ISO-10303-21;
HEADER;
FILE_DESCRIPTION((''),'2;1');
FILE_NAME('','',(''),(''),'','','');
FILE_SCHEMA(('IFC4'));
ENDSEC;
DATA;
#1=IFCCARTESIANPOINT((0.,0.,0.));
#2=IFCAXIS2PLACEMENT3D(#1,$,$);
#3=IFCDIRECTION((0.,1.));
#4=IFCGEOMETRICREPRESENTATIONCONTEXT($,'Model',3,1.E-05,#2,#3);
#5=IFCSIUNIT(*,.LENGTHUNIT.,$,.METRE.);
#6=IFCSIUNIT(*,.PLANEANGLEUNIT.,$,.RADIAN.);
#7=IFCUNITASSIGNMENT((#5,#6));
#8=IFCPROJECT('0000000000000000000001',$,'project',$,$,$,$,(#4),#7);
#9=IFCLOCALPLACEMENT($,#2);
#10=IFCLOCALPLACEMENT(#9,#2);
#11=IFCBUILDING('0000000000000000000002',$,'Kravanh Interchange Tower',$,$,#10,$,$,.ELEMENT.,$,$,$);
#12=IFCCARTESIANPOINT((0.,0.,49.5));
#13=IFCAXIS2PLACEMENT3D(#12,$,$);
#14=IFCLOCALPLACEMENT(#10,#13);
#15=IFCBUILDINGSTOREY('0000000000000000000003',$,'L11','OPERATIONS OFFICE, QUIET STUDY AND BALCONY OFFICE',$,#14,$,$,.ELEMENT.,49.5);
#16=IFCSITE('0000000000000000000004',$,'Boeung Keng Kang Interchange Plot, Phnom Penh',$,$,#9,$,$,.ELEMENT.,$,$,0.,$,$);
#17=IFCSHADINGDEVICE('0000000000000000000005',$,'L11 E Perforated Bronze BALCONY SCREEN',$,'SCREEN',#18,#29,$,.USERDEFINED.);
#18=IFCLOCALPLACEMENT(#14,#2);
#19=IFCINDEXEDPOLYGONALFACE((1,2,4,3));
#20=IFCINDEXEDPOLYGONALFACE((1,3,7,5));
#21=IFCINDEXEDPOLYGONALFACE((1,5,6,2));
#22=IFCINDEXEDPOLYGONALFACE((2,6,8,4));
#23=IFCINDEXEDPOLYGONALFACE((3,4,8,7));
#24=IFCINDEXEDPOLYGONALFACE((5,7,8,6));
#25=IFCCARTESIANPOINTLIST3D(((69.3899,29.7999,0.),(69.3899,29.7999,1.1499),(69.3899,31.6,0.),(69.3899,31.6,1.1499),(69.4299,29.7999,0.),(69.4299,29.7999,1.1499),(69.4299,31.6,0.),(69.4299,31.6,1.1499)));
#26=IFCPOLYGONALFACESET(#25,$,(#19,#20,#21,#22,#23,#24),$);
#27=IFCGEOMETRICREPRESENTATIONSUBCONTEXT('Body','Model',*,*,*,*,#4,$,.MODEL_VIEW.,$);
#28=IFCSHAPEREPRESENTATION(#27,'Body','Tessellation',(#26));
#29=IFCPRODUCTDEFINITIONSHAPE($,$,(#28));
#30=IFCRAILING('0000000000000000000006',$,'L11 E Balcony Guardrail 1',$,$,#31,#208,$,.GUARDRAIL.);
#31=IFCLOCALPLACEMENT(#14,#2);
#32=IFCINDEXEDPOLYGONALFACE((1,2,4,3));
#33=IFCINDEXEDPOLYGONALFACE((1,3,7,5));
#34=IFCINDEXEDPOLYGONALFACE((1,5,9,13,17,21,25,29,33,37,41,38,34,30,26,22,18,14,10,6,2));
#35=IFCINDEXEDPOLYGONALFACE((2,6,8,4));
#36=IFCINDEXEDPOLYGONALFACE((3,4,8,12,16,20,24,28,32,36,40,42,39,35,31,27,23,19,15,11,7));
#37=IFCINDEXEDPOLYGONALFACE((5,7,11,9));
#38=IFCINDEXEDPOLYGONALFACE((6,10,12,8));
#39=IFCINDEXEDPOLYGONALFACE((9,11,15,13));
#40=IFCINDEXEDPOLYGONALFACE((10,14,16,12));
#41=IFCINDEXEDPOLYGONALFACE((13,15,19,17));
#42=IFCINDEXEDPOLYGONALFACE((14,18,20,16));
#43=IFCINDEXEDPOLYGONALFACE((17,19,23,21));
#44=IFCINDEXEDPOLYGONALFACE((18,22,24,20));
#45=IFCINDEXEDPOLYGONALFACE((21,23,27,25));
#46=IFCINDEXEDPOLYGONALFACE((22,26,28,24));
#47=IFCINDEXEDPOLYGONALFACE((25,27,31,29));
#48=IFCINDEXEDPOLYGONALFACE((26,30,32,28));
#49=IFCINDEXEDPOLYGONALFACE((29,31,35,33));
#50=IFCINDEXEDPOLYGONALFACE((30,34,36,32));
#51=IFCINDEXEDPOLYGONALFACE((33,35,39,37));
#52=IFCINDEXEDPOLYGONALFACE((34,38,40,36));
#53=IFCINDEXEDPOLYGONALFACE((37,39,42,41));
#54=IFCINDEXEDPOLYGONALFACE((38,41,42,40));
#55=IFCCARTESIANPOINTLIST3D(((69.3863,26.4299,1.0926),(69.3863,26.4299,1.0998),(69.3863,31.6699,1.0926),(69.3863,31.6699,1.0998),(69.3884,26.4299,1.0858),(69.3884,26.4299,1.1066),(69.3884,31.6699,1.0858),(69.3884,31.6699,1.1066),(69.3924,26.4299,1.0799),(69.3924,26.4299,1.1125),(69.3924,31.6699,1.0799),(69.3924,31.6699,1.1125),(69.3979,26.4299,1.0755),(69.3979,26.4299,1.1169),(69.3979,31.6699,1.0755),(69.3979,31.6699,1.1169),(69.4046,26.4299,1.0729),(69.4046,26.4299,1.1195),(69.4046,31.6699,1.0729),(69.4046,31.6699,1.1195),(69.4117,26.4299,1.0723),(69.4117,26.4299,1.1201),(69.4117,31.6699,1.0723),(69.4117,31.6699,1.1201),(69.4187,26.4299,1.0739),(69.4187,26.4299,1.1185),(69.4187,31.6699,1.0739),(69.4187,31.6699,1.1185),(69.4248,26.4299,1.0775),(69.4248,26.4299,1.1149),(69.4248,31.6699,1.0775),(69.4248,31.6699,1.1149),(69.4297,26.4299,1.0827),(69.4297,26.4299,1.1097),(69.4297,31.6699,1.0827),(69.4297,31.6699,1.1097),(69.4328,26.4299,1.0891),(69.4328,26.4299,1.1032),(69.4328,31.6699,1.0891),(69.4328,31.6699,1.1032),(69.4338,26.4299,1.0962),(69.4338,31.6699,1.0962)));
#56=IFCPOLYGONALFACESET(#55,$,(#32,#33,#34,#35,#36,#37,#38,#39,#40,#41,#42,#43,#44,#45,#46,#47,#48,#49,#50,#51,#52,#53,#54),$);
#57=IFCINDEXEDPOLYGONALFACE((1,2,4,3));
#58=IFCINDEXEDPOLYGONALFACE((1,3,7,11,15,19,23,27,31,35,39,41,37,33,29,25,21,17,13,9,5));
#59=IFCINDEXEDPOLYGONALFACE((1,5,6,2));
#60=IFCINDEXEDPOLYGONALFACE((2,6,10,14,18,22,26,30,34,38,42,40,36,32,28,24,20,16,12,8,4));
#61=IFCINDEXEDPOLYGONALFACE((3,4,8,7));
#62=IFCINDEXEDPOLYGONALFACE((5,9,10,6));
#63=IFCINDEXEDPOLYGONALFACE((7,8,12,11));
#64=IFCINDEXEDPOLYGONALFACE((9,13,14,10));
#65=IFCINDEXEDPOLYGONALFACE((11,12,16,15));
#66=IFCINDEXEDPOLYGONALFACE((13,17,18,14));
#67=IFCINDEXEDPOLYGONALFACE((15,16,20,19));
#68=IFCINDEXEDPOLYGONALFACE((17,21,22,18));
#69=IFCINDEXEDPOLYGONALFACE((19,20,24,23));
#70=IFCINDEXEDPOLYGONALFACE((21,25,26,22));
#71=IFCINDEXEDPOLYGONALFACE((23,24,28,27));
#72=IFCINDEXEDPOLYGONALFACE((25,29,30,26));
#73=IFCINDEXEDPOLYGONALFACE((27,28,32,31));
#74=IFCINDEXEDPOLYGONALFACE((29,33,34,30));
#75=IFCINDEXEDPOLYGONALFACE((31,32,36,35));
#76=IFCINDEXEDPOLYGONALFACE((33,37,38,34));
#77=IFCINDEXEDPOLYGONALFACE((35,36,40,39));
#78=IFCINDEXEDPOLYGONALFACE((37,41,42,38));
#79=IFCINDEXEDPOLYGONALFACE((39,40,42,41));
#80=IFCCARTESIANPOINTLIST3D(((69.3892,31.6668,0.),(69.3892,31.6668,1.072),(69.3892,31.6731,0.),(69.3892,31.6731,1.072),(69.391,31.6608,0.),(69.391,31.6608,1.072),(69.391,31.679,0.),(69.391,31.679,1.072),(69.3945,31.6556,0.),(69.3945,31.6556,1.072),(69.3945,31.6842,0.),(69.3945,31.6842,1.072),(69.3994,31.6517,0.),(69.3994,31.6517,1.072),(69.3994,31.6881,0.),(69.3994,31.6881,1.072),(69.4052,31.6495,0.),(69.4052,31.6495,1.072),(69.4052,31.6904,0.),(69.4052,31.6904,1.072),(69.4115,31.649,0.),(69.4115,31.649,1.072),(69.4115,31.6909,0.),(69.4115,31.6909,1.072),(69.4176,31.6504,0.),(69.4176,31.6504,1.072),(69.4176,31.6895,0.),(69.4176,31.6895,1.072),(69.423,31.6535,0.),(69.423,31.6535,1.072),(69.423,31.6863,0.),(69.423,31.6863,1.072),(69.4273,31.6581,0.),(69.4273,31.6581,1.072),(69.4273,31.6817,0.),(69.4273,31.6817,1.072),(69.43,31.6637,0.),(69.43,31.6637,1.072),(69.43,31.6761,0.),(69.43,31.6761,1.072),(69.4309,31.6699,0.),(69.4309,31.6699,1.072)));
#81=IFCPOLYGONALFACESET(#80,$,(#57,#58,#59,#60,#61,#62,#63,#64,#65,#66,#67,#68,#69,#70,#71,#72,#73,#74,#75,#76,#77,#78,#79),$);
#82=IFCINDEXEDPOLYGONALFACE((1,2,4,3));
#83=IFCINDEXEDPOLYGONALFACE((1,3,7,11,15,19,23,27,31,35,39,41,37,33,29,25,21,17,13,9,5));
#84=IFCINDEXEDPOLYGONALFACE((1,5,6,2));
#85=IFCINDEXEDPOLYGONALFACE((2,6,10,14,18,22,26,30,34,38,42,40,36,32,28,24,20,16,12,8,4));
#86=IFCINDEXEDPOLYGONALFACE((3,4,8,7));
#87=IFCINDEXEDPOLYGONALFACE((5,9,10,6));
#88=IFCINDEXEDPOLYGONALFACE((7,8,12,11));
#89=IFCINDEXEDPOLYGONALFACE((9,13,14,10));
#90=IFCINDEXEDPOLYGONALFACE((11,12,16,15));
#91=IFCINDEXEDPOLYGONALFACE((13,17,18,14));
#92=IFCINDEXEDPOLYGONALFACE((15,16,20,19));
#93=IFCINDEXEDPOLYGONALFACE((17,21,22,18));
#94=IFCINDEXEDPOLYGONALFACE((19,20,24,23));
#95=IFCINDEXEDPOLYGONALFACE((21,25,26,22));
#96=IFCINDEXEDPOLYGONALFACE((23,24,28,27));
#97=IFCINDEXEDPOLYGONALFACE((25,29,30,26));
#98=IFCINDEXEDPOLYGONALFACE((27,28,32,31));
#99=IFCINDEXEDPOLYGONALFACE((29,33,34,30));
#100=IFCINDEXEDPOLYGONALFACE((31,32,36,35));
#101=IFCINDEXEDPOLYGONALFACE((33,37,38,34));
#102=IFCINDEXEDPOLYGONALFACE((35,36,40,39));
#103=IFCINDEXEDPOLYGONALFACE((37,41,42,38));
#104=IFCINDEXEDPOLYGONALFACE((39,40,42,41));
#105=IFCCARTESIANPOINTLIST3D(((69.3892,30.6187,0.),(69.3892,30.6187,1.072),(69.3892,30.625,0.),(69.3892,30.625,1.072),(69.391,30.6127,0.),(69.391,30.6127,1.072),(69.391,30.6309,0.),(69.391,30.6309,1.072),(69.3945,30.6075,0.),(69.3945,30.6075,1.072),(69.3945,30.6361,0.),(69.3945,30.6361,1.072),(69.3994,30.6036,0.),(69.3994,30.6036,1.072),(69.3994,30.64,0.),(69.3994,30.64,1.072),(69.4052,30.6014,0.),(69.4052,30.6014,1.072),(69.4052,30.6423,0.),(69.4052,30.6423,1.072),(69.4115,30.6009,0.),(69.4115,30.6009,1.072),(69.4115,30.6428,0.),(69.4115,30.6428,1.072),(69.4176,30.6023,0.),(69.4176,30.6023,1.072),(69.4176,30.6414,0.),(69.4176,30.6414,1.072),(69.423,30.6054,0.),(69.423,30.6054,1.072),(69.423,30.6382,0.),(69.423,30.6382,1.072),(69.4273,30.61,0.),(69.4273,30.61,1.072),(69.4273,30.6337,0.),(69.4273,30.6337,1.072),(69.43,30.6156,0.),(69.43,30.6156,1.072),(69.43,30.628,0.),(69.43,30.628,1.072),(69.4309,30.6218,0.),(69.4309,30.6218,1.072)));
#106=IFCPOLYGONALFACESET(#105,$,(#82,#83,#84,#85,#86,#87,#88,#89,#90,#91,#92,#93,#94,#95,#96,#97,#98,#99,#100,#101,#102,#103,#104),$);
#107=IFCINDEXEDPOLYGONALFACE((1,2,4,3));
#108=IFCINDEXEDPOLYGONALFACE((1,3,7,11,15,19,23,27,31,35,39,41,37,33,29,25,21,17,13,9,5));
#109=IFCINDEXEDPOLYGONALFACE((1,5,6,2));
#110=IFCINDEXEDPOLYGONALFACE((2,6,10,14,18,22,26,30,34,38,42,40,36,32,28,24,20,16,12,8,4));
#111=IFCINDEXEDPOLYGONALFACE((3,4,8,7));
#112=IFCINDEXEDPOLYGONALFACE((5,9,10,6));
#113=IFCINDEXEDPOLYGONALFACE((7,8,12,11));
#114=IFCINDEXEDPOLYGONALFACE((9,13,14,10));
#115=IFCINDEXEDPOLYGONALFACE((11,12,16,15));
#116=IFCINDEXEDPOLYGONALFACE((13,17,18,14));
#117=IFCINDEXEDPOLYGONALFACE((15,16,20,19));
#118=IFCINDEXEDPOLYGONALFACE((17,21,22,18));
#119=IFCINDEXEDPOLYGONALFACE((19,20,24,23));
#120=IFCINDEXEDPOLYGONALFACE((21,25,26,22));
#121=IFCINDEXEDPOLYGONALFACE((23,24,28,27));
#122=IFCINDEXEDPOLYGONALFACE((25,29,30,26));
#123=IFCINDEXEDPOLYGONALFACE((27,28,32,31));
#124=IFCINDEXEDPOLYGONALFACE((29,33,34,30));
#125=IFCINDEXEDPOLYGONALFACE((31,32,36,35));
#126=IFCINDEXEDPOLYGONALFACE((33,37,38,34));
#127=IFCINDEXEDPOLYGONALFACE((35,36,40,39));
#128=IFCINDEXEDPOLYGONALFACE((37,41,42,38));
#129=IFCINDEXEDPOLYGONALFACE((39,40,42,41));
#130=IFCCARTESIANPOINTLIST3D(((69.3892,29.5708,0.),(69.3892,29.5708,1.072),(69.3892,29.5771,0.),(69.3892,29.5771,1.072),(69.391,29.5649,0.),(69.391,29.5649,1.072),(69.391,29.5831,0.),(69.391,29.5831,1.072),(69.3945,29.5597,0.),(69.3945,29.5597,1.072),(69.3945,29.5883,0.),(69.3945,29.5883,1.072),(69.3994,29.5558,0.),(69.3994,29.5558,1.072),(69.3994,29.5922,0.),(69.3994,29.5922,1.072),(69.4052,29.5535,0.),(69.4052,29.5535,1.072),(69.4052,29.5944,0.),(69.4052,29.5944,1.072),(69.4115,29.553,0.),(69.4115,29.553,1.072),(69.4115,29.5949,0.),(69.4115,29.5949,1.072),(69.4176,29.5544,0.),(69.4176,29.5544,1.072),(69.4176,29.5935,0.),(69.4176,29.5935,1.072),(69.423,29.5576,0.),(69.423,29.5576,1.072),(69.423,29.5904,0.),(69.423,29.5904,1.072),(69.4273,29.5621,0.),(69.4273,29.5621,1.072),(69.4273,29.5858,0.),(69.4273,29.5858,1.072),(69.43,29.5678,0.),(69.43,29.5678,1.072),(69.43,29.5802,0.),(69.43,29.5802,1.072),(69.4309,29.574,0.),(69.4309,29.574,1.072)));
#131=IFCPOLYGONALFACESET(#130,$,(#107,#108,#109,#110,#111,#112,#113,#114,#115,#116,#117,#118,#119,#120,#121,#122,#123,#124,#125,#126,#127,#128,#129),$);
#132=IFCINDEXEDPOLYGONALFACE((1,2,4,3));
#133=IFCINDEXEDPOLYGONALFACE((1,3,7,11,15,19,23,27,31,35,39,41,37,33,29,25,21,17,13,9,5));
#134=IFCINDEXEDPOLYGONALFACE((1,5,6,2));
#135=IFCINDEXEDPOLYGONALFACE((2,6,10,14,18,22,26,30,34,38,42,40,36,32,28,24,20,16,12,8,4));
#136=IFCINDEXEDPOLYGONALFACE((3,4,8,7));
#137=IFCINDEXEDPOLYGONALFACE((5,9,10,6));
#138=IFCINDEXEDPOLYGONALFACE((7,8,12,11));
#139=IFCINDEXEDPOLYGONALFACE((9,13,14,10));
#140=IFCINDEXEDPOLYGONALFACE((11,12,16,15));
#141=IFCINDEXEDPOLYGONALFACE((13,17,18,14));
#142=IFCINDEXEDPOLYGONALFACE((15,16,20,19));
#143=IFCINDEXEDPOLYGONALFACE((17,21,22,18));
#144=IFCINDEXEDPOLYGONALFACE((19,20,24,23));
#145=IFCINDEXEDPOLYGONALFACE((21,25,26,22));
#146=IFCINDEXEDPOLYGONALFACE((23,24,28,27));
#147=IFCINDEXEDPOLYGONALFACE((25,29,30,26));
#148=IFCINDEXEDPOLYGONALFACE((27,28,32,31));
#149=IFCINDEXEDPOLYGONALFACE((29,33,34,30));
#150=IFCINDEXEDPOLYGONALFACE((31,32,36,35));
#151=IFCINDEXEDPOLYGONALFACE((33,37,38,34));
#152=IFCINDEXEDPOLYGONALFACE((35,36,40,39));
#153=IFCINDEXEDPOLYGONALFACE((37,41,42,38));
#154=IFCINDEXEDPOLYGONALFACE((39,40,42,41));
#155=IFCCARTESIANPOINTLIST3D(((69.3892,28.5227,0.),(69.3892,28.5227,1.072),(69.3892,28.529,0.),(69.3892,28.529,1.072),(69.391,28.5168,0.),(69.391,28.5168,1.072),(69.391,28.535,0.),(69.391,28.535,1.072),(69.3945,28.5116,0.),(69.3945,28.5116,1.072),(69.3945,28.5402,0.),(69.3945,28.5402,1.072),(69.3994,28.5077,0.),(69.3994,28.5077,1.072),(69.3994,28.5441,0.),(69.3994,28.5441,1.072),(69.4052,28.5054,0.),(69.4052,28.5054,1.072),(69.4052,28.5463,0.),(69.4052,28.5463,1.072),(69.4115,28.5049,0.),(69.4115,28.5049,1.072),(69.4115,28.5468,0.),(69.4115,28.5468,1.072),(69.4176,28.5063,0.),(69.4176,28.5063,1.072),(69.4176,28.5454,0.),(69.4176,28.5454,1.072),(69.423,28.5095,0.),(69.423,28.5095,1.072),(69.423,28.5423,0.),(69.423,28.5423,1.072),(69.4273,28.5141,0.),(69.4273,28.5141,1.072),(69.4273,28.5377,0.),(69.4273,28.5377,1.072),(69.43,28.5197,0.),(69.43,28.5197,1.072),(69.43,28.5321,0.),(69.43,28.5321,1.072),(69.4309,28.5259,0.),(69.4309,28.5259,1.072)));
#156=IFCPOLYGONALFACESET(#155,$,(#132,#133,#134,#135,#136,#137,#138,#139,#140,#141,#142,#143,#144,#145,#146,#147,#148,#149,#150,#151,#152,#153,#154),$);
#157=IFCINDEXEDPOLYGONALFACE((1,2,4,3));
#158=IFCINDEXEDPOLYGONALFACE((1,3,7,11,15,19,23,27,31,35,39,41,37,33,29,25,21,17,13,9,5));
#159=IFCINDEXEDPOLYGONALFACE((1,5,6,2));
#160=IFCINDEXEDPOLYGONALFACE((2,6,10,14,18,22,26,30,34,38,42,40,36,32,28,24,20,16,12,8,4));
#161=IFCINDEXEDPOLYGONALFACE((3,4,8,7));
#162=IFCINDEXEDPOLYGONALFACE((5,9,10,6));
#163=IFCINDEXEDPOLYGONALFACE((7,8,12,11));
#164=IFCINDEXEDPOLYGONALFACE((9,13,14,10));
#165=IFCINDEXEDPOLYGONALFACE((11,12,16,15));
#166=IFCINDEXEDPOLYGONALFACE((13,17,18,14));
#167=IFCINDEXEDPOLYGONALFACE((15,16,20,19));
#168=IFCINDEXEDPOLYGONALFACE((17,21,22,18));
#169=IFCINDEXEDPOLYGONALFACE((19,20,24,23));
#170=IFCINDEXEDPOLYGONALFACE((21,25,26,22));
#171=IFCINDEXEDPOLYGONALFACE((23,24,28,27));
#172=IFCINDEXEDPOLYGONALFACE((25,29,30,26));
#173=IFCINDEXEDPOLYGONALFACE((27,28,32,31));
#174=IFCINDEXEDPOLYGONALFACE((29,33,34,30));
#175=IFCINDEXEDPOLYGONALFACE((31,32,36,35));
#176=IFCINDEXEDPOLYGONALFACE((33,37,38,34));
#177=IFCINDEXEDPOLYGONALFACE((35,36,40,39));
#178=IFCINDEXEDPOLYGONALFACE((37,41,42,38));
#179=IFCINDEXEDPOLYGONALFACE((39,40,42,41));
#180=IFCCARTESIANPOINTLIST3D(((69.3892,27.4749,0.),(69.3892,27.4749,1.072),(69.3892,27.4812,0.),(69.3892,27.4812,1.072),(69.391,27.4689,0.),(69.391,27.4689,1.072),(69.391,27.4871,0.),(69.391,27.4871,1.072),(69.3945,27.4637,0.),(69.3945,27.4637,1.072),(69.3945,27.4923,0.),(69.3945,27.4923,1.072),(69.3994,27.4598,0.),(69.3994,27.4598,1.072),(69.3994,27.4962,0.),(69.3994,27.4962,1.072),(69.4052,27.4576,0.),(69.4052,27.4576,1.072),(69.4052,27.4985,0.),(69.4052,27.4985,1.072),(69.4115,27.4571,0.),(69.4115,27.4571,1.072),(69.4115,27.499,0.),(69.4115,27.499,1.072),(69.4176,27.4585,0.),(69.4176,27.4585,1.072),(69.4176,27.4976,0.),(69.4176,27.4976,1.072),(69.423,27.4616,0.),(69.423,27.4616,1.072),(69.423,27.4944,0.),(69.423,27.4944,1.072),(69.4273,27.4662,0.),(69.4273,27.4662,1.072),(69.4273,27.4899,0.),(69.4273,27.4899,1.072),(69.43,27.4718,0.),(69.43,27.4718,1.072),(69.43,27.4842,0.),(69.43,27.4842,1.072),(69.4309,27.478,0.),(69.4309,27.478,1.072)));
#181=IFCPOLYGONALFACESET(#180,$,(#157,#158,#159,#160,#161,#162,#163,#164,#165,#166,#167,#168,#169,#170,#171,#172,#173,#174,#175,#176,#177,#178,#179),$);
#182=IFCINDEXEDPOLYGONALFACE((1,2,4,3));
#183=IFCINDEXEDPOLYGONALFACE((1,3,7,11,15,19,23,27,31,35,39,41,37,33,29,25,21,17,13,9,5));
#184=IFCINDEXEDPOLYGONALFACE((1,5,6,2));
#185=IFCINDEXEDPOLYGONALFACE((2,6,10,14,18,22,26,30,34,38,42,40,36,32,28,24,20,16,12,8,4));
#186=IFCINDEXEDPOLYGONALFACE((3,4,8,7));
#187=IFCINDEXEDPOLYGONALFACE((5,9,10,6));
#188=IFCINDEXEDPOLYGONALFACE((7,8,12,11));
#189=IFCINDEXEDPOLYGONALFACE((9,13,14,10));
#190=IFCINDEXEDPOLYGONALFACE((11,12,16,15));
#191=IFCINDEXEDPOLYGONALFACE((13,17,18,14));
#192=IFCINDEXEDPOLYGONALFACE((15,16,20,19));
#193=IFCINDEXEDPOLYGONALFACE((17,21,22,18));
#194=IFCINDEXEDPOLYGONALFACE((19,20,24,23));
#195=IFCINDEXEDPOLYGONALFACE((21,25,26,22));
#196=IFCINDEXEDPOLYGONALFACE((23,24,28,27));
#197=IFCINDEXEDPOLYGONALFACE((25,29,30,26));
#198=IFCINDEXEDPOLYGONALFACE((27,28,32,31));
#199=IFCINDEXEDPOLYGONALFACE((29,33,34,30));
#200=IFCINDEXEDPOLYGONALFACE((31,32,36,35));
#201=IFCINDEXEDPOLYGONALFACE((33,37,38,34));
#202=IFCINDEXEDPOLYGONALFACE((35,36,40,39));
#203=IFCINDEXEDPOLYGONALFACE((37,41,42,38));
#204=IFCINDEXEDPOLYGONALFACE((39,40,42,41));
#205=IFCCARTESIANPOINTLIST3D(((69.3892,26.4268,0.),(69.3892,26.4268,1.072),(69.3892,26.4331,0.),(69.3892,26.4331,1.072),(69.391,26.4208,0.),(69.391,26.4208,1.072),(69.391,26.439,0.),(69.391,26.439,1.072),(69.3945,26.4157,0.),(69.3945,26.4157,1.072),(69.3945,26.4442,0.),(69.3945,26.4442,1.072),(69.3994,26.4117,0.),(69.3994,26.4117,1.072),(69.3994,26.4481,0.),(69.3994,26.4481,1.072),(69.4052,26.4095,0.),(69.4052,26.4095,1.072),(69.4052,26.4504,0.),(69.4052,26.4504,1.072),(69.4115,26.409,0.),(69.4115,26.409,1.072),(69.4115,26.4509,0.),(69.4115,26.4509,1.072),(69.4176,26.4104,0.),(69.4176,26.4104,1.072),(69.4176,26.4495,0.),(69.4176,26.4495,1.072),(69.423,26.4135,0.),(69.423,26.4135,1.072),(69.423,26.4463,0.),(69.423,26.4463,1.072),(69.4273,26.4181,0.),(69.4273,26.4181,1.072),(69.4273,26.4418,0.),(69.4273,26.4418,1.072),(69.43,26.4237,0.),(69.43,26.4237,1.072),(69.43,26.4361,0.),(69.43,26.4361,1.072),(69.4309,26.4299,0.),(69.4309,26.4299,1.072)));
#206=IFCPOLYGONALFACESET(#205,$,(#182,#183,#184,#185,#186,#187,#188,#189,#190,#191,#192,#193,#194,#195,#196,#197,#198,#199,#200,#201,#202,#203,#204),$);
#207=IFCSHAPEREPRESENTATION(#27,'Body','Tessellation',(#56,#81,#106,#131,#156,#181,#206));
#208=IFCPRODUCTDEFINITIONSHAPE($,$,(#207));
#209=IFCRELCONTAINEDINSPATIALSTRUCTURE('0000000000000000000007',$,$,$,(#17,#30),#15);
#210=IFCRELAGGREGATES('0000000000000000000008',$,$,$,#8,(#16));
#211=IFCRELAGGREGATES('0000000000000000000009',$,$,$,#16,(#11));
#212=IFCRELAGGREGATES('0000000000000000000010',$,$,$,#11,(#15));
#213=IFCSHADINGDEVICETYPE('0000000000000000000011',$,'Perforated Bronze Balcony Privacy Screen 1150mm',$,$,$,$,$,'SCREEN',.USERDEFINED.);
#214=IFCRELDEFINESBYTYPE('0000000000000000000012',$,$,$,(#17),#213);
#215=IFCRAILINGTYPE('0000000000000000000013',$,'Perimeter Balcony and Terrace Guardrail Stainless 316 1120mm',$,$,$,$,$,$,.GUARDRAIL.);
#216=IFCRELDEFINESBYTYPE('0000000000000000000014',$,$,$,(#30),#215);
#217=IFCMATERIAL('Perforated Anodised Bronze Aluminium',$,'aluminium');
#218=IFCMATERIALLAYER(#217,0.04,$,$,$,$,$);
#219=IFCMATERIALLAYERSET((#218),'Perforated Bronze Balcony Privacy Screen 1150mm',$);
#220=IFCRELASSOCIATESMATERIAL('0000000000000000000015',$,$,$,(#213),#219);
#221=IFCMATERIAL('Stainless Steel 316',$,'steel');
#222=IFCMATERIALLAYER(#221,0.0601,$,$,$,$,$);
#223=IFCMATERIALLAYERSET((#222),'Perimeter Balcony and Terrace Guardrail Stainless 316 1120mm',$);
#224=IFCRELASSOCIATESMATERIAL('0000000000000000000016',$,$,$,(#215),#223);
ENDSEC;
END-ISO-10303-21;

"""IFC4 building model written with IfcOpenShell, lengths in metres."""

from ifc_helpers import new_model, si_unit, direction, frame, origin, origin_2d, place, context, subcontext, project, spatial, rectangle, circle, extrude, material, layer, layer_set, type_object, element, save


model = new_model("IFC4")

# Units and contexts
model_context = context("Model", 3, precision=1e-05, world=origin(), true_north=direction((0.0, 1.0)))
body_context = subcontext(model_context, "Body", "Model", "MODEL_VIEW")
ifc_project = project(units=[si_unit("LENGTHUNIT", "METRE"), si_unit("PLANEANGLEUNIT", "RADIAN")], contexts=[model_context])

# Site, building, storey
site_placement = place(None, origin())
site = spatial("IfcSite", under=ifc_project, at=site_placement, Name="Boeung Keng Kang Interchange Plot, Phnom Penh", CompositionType="ELEMENT", RefElevation=0.0)
building_placement = place(site_placement, origin())
building = spatial("IfcBuilding", under=site, at=building_placement, Name="Kravanh Interchange Tower", CompositionType="ELEMENT")
storey_placement = place(building_placement, frame((0.0, 0.0, 49.5)))
storey = spatial("IfcBuildingStorey", under=building, at=storey_placement, Name="L11", Description="OPERATIONS OFFICE, QUIET STUDY AND BALCONY OFFICE", CompositionType="ELEMENT", Elevation=49.5)

# Shading device
ifc_material_1 = material(Name="Perforated Anodised Bronze Aluminium", Category="aluminium")
ifc_layer_1 = layer(ifc_material_1, 0.04)
ifc_layer_set_1 = layer_set([ifc_layer_1], Name="Perforated Bronze Balcony Privacy Screen 1150mm")
shading_device_type = type_object("IfcShadingDeviceType", Name="Perforated Bronze Balcony Privacy Screen 1150mm", ElementType="SCREEN", PredefinedType="USERDEFINED", material=ifc_layer_set_1)
shading_device_placement = place(storey_placement, frame((69.4099, 30.7, 0.0), z_axis=(0.0, 0.0, 1.0), x_axis=(1.0, 0.0, 0.0)))
element("IfcShadingDevice", 1, at=shading_device_placement, inside=storey, type_object=shading_device_type, Name="L11 E Perforated Bronze BALCONY SCREEN", ObjectType="SCREEN", PredefinedType="USERDEFINED", context=body_context, shape_type="SweptSolid", body=[
    extrude(rectangle(XDim=0.04, YDim=1.8, at=origin_2d()), origin(), (0.0, 0.0, 1.0), 1.1499),
])

# Railing
ifc_material_2 = material(Name="Stainless Steel 316", Category="steel")
ifc_layer_2 = layer(ifc_material_2, 0.0601)
ifc_layer_set_2 = layer_set([ifc_layer_2], Name="Perimeter Balcony and Terrace Guardrail Stainless 316 1120mm")
railing_type = type_object("IfcRailingType", Name="Perimeter Balcony and Terrace Guardrail Stainless 316 1120mm", PredefinedType="GUARDRAIL", material=ifc_layer_set_2)
railing_1_placement = place(storey_placement, frame((69.4099, 31.6699, 0.0)))
element("IfcRailing", 2, at=railing_1_placement, inside=storey, type_object=railing_type, Name="L11 E Balcony Guardrail 1", PredefinedType="GUARDRAIL", context=body_context, shape_type="SweptSolid", body=[
    extrude(circle(Radius=0.0239, at=origin_2d()), frame((0.0, 0.0, 1.0962), z_axis=(0.0, -1.0, 0.0), x_axis=(1.0, 0.0, 0.0)), (0.0, 0.0, 1.0), 5.24),
    extrude(circle(Radius=0.021, at=origin_2d()), origin(), (0.0, 0.0, 1.0), 1.072),
    extrude(circle(Radius=0.021, at=origin_2d()), frame((0.0, -1.0481, 0.0)), (0.0, 0.0, 1.0), 1.072),
    extrude(circle(Radius=0.021, at=origin_2d()), frame((0.0, -2.0959, 0.0)), (0.0, 0.0, 1.0), 1.072),
    extrude(circle(Radius=0.021, at=origin_2d()), frame((0.0, -3.144, 0.0)), (0.0, 0.0, 1.0), 1.072),
    extrude(circle(Radius=0.021, at=origin_2d()), frame((0.0, -4.1919, 0.0)), (0.0, 0.0, 1.0), 1.072),
    extrude(circle(Radius=0.021, at=origin_2d()), frame((0.0, -5.24, 0.0)), (0.0, 0.0, 1.0), 1.072),
])

save(model, "model.ifc")
